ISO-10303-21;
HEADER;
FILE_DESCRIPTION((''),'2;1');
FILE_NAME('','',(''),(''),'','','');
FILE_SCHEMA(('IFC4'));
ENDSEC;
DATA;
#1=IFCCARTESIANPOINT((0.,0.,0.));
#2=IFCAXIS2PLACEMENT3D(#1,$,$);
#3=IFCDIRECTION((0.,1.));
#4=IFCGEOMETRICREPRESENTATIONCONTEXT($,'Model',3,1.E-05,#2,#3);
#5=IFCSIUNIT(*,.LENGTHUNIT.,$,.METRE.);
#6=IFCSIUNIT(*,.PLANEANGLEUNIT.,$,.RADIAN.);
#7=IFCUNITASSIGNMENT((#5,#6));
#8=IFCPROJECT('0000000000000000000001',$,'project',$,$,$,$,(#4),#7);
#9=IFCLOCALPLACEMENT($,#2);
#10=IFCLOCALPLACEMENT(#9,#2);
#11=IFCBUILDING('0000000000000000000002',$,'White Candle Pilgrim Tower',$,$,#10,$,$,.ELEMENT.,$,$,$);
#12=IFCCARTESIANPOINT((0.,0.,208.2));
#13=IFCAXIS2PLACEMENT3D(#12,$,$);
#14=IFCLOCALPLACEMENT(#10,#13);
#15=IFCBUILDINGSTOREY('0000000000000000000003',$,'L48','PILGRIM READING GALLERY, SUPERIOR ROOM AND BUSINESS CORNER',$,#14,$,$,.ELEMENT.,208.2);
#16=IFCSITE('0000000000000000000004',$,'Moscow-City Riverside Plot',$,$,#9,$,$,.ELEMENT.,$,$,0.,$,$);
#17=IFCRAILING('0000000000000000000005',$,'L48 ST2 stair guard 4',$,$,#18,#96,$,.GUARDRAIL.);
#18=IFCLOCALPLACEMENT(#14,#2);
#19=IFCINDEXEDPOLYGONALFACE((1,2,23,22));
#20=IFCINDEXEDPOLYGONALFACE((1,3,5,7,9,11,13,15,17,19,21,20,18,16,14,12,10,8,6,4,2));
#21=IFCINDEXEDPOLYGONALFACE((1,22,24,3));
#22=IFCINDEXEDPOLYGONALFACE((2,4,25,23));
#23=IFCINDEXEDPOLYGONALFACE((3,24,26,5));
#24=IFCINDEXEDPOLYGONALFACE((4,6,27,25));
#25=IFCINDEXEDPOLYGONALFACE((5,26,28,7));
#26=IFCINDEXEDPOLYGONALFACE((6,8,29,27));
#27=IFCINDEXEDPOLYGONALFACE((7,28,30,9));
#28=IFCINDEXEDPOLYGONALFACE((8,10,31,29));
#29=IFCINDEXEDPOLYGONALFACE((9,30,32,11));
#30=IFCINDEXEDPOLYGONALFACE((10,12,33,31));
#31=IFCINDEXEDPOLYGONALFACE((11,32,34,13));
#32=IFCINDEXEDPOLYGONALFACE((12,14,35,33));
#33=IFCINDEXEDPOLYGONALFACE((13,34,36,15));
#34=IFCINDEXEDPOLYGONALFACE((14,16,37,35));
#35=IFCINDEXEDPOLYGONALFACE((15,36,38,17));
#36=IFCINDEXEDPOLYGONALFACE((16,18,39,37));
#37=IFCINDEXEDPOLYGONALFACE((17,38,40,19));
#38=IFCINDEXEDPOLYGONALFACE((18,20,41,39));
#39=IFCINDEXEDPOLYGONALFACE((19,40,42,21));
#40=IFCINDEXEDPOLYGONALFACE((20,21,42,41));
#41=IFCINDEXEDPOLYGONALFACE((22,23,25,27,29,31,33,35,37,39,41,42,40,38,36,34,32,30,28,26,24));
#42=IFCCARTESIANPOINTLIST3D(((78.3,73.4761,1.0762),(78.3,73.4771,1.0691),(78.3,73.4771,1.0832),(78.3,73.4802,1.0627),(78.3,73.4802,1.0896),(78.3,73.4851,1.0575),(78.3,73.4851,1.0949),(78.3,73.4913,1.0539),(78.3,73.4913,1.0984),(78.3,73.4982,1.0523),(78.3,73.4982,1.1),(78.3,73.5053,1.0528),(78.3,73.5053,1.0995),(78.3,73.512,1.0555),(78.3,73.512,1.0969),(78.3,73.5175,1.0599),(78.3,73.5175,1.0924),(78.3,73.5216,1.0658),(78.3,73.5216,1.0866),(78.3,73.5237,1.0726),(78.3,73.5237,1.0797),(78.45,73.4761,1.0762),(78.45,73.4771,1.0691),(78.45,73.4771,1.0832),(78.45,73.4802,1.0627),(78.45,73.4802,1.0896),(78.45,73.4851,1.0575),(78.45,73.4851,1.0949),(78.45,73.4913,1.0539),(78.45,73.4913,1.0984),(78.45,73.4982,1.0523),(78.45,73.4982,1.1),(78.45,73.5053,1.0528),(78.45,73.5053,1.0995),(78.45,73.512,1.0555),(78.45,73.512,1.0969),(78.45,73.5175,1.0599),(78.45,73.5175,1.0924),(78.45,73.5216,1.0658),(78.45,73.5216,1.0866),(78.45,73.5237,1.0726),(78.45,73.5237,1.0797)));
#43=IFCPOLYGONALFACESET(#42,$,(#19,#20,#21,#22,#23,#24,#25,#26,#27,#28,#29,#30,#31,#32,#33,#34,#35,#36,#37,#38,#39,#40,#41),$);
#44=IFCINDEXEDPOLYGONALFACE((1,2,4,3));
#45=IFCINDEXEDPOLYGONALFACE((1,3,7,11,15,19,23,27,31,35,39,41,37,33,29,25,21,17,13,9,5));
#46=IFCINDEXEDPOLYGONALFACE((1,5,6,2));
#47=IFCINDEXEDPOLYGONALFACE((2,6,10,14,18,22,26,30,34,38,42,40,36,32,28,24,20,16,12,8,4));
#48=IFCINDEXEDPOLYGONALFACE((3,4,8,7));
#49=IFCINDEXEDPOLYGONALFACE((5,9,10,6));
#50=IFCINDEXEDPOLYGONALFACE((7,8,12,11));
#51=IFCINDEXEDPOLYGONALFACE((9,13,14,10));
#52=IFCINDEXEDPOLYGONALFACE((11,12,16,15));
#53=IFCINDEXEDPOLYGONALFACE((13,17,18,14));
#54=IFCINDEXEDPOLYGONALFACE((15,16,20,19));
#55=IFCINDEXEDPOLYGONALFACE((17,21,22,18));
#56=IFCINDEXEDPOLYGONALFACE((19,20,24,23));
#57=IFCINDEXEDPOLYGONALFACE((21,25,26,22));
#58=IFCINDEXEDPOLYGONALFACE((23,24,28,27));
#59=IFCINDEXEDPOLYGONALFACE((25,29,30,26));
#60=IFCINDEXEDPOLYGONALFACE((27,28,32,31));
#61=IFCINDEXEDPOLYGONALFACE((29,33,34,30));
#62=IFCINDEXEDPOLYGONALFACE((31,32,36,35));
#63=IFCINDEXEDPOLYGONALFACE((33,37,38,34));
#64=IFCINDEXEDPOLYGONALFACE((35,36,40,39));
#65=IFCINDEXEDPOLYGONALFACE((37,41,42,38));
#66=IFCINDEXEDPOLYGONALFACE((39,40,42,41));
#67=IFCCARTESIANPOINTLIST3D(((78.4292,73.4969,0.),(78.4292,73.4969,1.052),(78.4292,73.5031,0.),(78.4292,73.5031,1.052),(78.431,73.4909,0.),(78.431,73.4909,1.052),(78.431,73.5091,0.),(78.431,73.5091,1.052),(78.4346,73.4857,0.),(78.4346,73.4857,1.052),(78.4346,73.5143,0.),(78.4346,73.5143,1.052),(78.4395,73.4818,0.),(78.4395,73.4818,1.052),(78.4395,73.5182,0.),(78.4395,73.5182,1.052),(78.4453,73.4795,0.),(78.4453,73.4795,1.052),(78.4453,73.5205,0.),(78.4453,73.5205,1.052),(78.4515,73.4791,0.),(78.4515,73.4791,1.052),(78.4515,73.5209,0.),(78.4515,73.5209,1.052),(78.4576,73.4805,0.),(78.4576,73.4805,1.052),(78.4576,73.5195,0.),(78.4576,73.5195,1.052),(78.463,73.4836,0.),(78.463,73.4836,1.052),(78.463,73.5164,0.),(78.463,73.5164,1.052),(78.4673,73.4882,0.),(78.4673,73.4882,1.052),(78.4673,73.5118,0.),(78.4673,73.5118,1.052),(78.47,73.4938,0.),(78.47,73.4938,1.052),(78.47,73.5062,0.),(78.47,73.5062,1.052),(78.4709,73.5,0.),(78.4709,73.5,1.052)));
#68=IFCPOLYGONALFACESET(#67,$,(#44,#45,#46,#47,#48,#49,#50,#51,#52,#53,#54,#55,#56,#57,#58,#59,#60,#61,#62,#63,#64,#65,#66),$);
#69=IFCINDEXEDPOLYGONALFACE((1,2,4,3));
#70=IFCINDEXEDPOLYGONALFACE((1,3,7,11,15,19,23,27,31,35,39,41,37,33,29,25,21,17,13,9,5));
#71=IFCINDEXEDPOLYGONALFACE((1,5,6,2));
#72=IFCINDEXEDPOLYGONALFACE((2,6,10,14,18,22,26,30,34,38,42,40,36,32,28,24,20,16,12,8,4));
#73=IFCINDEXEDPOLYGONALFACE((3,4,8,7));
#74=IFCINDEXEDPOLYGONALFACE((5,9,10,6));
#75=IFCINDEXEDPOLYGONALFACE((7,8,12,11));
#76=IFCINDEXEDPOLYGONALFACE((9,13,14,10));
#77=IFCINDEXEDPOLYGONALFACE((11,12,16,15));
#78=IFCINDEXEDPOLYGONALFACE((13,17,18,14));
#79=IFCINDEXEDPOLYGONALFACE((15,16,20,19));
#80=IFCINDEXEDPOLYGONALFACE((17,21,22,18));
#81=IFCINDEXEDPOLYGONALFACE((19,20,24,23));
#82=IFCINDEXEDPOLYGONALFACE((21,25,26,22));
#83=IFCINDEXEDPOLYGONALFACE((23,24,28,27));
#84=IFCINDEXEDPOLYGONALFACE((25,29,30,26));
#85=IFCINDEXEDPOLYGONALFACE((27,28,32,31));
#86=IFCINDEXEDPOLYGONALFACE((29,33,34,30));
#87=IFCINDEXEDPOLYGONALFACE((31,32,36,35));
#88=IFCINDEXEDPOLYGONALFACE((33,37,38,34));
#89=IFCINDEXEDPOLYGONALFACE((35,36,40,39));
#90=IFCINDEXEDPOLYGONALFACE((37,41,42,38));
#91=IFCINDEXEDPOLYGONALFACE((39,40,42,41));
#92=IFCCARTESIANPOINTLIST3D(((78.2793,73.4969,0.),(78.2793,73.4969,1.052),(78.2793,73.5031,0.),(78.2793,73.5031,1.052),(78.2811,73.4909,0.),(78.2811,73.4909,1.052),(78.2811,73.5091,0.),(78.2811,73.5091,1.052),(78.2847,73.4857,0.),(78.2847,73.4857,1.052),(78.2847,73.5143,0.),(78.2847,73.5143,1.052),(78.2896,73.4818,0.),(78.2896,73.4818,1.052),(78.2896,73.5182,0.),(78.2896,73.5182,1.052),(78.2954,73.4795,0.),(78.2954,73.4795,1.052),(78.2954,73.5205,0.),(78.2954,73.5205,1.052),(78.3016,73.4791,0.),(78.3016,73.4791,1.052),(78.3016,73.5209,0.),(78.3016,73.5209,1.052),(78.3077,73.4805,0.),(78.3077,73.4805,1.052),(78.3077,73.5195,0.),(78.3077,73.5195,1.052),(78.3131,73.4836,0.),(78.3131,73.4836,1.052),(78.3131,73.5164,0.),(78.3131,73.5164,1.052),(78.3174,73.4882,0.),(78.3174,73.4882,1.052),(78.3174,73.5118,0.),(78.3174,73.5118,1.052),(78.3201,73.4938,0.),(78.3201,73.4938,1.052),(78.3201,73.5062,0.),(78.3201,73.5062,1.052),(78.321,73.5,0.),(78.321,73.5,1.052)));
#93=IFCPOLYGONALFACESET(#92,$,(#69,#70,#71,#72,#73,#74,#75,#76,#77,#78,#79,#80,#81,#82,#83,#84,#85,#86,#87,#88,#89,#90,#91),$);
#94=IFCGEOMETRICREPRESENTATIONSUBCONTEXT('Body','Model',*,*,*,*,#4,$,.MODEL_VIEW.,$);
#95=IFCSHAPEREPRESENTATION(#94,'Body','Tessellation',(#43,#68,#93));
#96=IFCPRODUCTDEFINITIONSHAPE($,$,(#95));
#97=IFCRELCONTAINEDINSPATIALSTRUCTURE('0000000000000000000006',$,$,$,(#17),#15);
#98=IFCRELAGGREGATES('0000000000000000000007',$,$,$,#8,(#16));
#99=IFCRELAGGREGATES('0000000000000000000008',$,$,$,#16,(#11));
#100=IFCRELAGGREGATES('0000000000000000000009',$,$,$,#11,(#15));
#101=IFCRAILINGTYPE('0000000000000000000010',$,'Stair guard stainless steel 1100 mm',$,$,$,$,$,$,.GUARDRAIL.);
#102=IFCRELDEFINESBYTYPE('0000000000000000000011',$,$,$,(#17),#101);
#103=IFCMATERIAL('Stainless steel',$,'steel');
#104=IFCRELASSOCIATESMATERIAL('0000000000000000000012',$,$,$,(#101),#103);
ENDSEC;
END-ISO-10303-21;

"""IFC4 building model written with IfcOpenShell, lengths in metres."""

from ifc_helpers import new_model, si_unit, direction, frame, origin, origin_2d, place, context, subcontext, project, spatial, circle, extrude, material, type_object, element, save


model = new_model("IFC4")

# Units and contexts
model_context = context("Model", 3, precision=1e-05, world=origin(), true_north=direction((0.0, 1.0)))
body_context = subcontext(model_context, "Body", "Model", "MODEL_VIEW")
ifc_project = project(units=[si_unit("LENGTHUNIT", "METRE"), si_unit("PLANEANGLEUNIT", "RADIAN")], contexts=[model_context])

# Site, building, storey
site_placement = place(None, origin())
site = spatial("IfcSite", under=ifc_project, at=site_placement, Name="Moscow-City Riverside Plot", CompositionType="ELEMENT", RefElevation=0.0)
building_placement = place(site_placement, origin())
building = spatial("IfcBuilding", under=site, at=building_placement, Name="White Candle Pilgrim Tower", CompositionType="ELEMENT")
storey_placement = place(building_placement, frame((0.0, 0.0, 208.2)))
storey = spatial("IfcBuildingStorey", under=building, at=storey_placement, Name="L48", Description="PILGRIM READING GALLERY, SUPERIOR ROOM AND BUSINESS CORNER", CompositionType="ELEMENT", Elevation=208.2)

# Railing
ifc_material_1 = material(Name="Stainless steel", Category="steel")
railing_type_1 = type_object("IfcRailingType", Name="Stair guard stainless steel 1100 mm", PredefinedType="GUARDRAIL", material=ifc_material_1)
railing_1_placement = place(storey_placement, frame((78.45, 73.5, 0.0)))
element("IfcRailing", 1, at=railing_1_placement, inside=storey, type_object=railing_type_1, Name="L48 ST2 stair guard 4", PredefinedType="GUARDRAIL", context=body_context, shape_type="SweptSolid", body=[
    extrude(circle(Radius=0.0239, at=origin_2d()), frame((0.0, 0.0, 1.0762), z_axis=(-1.0, 0.0, 0.0), x_axis=(0.0, -1.0, 0.0)), (0.0, 0.0, 1.0), 0.1499),
    extrude(circle(Radius=0.021, at=origin_2d()), origin(), (0.0, 0.0, 1.0), 1.052),
    extrude(circle(Radius=0.021, at=origin_2d()), frame((-0.1499, 0.0, 0.0)), (0.0, 0.0, 1.0), 1.052),
])

save(model, "model.ifc")
